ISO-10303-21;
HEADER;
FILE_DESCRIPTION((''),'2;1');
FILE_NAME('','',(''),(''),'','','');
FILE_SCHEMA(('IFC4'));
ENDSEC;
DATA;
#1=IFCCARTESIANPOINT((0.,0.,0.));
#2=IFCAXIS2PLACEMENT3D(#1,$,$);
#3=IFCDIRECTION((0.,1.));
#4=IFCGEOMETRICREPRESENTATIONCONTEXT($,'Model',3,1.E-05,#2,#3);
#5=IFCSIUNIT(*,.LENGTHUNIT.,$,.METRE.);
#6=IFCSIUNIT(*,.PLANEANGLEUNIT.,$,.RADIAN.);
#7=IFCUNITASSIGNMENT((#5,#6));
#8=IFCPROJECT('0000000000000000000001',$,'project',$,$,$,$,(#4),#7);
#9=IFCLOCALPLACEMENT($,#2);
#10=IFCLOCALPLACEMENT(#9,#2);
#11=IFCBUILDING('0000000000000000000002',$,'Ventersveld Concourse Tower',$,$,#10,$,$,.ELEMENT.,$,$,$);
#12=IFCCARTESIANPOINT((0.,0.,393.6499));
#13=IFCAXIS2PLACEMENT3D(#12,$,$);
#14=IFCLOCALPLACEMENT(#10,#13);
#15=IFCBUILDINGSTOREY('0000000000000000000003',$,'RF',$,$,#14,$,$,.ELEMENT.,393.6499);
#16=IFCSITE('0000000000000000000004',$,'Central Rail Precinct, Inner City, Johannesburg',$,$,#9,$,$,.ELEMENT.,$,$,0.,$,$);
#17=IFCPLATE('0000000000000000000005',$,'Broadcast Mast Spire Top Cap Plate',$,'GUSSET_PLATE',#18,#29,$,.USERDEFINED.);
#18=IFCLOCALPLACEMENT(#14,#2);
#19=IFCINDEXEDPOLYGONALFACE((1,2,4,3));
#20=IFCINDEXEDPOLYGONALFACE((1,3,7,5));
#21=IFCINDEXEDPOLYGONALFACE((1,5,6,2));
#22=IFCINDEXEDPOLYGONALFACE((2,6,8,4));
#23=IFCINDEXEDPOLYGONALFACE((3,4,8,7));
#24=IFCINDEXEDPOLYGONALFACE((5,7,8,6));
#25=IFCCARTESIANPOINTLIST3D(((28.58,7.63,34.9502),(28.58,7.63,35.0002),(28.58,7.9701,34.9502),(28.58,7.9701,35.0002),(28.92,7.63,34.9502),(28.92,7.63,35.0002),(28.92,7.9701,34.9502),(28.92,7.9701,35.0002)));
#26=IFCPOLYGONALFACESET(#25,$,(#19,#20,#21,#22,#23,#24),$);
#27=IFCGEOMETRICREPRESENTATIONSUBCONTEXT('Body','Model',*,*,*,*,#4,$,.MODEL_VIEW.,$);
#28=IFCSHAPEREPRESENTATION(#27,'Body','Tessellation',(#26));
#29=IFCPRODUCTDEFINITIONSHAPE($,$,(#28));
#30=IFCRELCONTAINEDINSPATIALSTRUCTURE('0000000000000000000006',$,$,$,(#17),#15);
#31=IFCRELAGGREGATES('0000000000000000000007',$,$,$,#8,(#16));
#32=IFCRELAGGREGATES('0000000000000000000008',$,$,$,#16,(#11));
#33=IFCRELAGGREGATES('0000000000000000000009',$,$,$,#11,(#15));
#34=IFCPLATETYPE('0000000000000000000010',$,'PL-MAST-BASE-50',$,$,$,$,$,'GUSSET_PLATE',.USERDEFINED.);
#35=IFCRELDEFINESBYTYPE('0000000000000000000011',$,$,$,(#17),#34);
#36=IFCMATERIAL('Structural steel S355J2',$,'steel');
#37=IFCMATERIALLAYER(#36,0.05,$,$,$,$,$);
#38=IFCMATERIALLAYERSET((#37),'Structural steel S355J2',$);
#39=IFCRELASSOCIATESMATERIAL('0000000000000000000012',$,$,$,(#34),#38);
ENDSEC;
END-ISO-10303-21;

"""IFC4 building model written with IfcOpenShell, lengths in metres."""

from ifc_helpers import new_model, si_unit, direction, frame, origin, origin_2d, place, context, subcontext, project, spatial, rectangle, extrude, material, layer, layer_set, type_object, element, save


model = new_model("IFC4")

# Units and contexts
model_context = context("Model", 3, precision=1e-05, world=origin(), true_north=direction((0.0, 1.0)))
body_context = subcontext(model_context, "Body", "Model", "MODEL_VIEW")
ifc_project = project(units=[si_unit("LENGTHUNIT", "METRE"), si_unit("PLANEANGLEUNIT", "RADIAN")], contexts=[model_context])

# Site, building, storey
site_placement = place(None, origin())
site = spatial("IfcSite", under=ifc_project, at=site_placement, Name="Central Rail Precinct, Inner City, Johannesburg", CompositionType="ELEMENT", RefElevation=0.0)
building_placement = place(site_placement, origin())
building = spatial("IfcBuilding", under=site, at=building_placement, Name="Ventersveld Concourse Tower", CompositionType="ELEMENT")
storey_placement = place(building_placement, frame((0.0, 0.0, 393.6499)))
storey = spatial("IfcBuildingStorey", under=building, at=storey_placement, Name="RF", CompositionType="ELEMENT", Elevation=393.6499)

# Shared definitions
ifc_material = material(Name="Structural steel S355J2", Category="steel")

# Plate
ifc_layer_1 = layer(ifc_material, 0.05)
ifc_layer_set_1 = layer_set([ifc_layer_1], Name="Structural steel S355J2")
plate_type_1 = type_object("IfcPlateType", Name="PL-MAST-BASE-50", ElementType="GUSSET_PLATE", PredefinedType="USERDEFINED", material=ifc_layer_set_1)
plate_1_placement = place(storey_placement, frame((28.75, 7.8, 34.9502), z_axis=(0.0, 0.0, 1.0), x_axis=(1.0, 0.0, 0.0)))
element("IfcPlate", 1, at=plate_1_placement, inside=storey, type_object=plate_type_1, Name="Broadcast Mast Spire Top Cap Plate", ObjectType="GUSSET_PLATE", PredefinedType="USERDEFINED", context=body_context, shape_type="SweptSolid", body=[
    extrude(rectangle(XDim=0.3401, YDim=0.3401, at=origin_2d()), origin(), (0.0, 0.0, 1.0), 0.05),
])

save(model, "model.ifc")
